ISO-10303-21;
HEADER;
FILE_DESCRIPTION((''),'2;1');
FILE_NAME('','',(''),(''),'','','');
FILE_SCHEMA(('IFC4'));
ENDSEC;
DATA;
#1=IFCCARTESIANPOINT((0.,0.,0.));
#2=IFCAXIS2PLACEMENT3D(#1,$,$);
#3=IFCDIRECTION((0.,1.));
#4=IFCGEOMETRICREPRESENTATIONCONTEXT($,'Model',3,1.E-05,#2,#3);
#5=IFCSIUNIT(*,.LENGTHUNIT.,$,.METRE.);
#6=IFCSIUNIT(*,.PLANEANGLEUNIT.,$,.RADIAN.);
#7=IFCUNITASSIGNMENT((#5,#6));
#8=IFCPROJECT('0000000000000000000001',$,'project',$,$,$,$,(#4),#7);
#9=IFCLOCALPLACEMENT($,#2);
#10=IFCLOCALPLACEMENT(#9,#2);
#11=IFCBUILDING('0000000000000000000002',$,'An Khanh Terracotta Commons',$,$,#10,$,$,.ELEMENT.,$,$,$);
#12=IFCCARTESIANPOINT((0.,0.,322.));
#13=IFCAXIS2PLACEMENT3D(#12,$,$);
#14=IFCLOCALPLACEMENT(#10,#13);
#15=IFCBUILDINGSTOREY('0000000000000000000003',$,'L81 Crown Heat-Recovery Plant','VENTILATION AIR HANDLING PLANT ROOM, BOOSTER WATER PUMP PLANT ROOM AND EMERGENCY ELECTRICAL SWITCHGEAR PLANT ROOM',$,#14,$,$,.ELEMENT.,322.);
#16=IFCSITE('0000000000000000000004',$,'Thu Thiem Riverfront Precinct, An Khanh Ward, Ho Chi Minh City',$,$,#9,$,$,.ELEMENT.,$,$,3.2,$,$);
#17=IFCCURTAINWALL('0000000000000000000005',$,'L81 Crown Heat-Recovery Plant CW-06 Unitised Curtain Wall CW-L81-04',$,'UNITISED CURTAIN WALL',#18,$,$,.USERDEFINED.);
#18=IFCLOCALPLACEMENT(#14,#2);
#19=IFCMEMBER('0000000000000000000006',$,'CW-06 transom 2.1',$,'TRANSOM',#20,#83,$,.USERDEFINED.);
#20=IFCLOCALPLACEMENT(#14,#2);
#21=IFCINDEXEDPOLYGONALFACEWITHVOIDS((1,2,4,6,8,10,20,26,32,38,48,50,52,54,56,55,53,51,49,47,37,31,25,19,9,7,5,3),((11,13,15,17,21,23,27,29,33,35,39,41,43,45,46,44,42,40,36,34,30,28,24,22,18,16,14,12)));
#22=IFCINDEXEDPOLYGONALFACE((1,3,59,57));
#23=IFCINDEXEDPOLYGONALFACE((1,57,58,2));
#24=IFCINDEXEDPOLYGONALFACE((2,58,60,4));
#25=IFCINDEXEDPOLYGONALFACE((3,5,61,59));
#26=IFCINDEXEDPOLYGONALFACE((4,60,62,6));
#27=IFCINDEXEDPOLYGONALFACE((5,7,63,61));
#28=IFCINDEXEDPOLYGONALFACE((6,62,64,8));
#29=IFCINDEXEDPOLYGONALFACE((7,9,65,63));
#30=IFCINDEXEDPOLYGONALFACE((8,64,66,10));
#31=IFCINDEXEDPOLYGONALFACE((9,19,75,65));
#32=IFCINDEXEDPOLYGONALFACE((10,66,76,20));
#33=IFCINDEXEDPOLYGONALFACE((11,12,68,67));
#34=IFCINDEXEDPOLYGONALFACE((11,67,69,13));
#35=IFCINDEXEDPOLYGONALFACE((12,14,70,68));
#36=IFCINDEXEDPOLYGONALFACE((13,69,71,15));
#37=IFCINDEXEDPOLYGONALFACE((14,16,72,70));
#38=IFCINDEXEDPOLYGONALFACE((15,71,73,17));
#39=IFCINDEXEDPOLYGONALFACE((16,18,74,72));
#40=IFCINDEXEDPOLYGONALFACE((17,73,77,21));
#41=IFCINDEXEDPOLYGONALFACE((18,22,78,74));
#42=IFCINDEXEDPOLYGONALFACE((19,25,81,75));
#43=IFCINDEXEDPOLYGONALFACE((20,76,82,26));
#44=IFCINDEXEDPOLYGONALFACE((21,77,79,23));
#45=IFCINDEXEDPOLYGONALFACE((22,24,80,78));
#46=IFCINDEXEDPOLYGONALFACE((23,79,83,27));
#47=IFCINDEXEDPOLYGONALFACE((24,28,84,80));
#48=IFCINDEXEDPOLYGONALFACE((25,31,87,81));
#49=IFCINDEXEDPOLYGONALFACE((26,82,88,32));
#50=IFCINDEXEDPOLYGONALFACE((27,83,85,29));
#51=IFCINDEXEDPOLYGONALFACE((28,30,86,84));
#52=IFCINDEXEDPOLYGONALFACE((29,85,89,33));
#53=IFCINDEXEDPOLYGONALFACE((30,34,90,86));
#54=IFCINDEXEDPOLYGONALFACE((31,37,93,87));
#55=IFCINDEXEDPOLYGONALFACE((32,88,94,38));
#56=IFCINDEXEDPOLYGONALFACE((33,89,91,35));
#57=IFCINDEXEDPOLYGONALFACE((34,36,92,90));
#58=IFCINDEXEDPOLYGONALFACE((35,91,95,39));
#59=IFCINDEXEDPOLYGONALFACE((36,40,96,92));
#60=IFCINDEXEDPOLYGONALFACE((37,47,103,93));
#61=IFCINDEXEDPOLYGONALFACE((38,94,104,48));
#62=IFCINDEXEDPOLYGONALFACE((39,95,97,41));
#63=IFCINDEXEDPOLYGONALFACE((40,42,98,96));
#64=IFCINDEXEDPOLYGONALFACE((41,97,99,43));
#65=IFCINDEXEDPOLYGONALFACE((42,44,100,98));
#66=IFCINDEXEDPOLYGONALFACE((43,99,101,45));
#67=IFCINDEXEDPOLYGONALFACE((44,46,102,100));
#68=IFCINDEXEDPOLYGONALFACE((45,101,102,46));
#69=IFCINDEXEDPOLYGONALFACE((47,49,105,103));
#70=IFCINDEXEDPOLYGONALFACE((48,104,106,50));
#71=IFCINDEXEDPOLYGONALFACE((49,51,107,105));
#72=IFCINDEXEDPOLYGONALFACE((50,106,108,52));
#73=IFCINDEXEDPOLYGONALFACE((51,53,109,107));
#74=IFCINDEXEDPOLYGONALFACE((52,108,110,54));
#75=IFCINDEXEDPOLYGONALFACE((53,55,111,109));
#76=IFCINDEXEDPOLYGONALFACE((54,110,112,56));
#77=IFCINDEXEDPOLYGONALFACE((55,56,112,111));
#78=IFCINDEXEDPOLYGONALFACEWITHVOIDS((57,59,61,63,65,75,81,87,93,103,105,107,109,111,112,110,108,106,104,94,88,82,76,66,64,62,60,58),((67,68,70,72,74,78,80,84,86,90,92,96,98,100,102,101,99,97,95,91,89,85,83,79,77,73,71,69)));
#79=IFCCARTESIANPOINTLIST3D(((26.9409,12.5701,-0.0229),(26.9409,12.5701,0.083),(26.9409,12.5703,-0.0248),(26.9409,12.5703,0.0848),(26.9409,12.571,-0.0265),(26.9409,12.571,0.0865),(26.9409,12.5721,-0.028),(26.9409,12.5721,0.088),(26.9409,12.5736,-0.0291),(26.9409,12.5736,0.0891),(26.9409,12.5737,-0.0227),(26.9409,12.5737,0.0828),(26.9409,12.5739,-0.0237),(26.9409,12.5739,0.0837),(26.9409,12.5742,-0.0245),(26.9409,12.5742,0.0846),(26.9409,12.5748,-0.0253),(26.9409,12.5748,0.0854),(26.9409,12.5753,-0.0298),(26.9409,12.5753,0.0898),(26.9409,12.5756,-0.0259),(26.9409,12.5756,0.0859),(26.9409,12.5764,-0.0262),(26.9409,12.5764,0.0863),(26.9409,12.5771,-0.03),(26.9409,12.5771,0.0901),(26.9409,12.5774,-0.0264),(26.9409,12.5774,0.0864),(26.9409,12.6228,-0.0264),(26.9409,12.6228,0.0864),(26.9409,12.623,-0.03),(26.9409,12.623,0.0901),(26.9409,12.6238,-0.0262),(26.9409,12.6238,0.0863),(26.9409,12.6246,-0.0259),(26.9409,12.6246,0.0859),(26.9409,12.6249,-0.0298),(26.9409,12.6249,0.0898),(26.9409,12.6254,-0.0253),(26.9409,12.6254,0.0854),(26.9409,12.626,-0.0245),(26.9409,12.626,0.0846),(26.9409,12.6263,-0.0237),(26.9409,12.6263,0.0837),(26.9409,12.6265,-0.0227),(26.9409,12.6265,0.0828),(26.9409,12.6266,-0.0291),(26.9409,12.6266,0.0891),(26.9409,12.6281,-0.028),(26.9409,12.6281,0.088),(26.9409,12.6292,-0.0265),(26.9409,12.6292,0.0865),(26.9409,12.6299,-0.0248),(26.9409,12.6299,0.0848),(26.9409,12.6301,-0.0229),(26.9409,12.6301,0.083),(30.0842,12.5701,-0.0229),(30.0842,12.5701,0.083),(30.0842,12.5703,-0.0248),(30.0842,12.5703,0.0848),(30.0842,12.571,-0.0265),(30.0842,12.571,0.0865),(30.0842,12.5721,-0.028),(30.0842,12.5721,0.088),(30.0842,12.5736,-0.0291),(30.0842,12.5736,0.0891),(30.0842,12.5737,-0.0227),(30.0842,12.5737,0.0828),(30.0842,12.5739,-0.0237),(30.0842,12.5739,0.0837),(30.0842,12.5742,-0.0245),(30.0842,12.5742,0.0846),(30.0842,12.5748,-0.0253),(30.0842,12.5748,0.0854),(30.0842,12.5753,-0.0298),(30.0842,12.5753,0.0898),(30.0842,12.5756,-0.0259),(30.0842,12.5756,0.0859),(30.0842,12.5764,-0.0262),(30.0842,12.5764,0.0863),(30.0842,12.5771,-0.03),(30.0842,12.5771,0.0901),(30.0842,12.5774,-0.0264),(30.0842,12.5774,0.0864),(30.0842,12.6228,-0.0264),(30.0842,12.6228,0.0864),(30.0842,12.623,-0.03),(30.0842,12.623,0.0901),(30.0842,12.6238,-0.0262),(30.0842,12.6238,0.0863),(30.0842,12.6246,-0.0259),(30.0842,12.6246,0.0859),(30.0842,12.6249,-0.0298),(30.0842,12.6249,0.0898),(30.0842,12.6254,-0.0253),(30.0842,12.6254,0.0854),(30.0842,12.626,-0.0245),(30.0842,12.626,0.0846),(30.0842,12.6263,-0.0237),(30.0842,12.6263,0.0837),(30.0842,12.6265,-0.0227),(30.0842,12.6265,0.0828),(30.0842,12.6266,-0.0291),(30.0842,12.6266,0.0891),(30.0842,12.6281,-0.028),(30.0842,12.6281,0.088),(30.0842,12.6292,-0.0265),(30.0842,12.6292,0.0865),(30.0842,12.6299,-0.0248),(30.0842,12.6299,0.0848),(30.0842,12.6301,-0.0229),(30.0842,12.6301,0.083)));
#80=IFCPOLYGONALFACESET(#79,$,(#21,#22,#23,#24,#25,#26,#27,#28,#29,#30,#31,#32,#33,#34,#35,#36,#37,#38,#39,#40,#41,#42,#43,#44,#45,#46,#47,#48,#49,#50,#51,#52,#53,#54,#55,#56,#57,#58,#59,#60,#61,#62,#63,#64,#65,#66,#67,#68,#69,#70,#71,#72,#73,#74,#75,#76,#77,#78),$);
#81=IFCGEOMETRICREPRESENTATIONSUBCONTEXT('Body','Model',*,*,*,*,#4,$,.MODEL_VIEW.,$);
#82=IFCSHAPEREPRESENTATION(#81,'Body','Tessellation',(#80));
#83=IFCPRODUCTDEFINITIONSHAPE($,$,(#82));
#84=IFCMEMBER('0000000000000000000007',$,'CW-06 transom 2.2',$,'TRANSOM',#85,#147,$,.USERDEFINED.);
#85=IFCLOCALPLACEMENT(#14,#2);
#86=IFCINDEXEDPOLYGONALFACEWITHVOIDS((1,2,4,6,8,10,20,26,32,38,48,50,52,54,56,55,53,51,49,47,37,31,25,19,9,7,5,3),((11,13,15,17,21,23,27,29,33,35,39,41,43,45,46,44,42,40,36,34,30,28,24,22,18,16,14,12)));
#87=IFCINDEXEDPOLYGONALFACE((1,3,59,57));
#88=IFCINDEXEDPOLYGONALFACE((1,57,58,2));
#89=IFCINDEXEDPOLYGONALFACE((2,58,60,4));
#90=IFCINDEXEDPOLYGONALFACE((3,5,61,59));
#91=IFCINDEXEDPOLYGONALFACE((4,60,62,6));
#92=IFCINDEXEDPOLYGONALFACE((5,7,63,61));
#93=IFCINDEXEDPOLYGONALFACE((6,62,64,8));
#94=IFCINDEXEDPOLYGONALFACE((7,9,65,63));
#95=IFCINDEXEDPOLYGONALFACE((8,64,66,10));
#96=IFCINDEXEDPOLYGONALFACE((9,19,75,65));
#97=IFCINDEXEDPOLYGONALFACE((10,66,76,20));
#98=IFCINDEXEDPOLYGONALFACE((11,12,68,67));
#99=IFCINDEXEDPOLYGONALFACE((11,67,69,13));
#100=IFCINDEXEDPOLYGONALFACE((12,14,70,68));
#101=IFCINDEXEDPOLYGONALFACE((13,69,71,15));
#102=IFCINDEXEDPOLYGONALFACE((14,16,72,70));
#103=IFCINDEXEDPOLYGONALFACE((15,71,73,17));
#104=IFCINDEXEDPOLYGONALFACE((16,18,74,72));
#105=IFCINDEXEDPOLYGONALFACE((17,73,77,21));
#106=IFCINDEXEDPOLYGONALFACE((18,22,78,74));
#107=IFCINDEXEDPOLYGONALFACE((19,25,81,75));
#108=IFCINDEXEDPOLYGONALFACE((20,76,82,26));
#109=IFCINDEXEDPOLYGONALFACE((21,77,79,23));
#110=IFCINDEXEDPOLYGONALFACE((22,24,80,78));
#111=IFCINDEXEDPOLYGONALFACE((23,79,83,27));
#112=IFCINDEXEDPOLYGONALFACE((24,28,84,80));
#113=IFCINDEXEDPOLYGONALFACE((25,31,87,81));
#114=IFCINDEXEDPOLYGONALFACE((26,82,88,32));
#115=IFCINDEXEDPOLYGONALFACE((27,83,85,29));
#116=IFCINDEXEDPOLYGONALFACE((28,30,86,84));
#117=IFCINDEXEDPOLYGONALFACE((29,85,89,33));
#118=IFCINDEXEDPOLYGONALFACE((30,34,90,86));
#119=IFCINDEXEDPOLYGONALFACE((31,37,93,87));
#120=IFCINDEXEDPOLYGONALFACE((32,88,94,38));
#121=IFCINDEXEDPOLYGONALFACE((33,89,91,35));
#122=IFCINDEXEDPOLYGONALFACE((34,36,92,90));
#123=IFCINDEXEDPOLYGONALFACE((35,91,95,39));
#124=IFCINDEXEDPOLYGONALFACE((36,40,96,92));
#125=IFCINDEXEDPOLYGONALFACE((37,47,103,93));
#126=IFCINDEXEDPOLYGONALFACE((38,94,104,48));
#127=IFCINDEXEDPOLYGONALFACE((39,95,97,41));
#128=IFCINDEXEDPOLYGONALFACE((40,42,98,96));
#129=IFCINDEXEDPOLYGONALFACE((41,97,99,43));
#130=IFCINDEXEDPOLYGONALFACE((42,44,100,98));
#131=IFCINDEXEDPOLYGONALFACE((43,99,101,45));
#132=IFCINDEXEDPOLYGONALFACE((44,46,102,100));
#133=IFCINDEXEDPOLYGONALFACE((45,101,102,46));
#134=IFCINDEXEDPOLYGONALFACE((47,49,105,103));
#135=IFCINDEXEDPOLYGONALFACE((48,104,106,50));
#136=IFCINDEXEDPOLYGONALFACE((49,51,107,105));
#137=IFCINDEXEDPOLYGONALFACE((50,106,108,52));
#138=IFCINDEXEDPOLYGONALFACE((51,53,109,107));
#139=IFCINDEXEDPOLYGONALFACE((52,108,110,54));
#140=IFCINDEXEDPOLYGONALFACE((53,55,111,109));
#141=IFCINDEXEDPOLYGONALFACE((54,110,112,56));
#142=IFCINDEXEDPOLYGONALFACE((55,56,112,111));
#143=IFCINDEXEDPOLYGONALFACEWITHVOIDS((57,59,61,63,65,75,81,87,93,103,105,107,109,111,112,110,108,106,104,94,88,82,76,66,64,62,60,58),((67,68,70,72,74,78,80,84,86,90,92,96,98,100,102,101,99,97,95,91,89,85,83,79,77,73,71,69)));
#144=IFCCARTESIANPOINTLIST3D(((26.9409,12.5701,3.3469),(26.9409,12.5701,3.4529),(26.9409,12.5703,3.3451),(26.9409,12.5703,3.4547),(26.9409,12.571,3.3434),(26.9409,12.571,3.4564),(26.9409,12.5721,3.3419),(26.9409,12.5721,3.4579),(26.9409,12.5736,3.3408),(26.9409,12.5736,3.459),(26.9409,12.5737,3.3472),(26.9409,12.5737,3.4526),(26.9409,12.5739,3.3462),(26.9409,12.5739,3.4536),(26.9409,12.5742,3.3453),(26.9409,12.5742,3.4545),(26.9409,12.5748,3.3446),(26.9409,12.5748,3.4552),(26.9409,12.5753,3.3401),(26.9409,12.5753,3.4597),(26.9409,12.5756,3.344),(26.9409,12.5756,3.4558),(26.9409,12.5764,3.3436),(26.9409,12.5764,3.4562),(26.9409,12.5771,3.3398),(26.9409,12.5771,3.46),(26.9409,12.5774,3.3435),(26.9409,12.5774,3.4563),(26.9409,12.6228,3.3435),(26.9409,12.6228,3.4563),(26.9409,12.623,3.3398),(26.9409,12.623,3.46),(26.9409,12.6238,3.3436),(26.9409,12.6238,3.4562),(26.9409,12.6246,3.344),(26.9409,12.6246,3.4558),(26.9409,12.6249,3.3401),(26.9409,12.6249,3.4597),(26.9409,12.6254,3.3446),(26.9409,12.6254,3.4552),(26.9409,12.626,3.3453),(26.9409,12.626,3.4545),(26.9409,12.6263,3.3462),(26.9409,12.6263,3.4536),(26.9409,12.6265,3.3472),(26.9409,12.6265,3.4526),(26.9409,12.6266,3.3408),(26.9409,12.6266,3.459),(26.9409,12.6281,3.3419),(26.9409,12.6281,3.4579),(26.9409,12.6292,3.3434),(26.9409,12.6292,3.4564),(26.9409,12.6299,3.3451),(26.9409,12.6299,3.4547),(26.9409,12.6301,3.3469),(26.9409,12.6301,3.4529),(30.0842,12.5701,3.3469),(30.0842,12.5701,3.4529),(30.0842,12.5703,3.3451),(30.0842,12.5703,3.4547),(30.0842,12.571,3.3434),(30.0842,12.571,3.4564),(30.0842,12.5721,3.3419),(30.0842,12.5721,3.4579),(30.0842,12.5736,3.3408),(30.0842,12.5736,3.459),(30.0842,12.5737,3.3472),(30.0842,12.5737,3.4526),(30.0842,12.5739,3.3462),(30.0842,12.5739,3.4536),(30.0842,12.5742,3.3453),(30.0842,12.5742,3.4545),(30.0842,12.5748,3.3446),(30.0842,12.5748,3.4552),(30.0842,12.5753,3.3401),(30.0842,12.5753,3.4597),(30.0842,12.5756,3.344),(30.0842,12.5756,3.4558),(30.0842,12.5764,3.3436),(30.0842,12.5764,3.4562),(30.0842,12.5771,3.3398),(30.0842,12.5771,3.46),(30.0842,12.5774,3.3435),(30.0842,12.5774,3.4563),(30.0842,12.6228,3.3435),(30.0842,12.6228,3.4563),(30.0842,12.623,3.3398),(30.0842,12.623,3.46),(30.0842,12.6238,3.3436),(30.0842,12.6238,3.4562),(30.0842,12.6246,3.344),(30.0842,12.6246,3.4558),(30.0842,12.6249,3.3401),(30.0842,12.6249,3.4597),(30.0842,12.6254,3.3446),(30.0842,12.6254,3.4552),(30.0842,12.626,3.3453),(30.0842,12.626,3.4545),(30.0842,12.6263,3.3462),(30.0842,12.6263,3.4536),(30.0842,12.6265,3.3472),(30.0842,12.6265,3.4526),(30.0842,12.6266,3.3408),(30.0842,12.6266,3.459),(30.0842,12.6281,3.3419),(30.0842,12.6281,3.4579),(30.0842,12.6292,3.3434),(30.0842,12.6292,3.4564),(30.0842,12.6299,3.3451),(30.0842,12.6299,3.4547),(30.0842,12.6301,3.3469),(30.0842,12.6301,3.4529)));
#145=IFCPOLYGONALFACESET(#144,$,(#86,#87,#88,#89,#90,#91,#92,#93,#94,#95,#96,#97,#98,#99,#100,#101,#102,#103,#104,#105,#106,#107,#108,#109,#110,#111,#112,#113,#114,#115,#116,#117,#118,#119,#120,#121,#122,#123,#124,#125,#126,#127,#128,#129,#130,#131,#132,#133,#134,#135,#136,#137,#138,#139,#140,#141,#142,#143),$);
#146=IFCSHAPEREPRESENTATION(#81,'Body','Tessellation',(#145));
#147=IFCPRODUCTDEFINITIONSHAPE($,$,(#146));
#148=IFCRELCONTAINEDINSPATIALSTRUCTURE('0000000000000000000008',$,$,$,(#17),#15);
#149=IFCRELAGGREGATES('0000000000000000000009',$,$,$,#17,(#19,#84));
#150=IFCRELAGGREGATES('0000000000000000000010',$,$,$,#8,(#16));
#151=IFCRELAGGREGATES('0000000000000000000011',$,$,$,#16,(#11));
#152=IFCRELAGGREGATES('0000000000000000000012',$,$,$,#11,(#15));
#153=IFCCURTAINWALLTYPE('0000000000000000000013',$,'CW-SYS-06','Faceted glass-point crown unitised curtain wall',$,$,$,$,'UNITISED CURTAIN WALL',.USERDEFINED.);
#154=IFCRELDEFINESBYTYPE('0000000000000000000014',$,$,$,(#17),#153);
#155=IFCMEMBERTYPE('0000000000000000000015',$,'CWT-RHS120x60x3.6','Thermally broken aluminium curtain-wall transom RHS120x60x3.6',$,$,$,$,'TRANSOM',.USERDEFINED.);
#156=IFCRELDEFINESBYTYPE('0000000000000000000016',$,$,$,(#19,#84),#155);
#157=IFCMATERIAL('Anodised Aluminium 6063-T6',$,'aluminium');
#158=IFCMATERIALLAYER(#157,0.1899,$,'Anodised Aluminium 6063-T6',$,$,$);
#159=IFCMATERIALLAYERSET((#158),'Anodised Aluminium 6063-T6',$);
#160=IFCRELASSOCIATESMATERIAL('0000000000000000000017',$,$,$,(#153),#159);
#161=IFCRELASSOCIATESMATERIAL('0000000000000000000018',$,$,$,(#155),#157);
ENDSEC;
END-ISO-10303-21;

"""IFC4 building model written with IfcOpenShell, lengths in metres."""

from ifc_helpers import new_model, si_unit, direction, frame, origin, origin_2d, place, context, subcontext, project, spatial, hollow_rectangle, extrude, material, layer, layer_set, material_profile, profile_set, type_object, element, aggregate, save


model = new_model("IFC4")

# Units and contexts
model_context = context("Model", 3, precision=1e-05, world=origin(), true_north=direction((0.0, 1.0)))
body_context = subcontext(model_context, "Body", "Model", "MODEL_VIEW")
ifc_project = project(units=[si_unit("LENGTHUNIT", "METRE"), si_unit("PLANEANGLEUNIT", "RADIAN")], contexts=[model_context])

# Site, building, storey
site_placement = place(None, origin())
site = spatial("IfcSite", under=ifc_project, at=site_placement, Name="Thu Thiem Riverfront Precinct, An Khanh Ward, Ho Chi Minh City", CompositionType="ELEMENT", RefElevation=3.2)
building_placement = place(site_placement, origin())
building = spatial("IfcBuilding", under=site, at=building_placement, Name="An Khanh Terracotta Commons", CompositionType="ELEMENT")
storey_placement = place(building_placement, frame((0.0, 0.0, 322.0)))
storey = spatial("IfcBuildingStorey", under=building, at=storey_placement, Name="L81 Crown Heat-Recovery Plant", Description="VENTILATION AIR HANDLING PLANT ROOM, BOOSTER WATER PUMP PLANT ROOM AND EMERGENCY ELECTRICAL SWITCHGEAR PLANT ROOM", CompositionType="ELEMENT", Elevation=322.0)

# Curtain wall, members
ifc_material_1 = material(Name="Anodised Aluminium 6063-T6", Category="aluminium")
ifc_layer_1 = layer(ifc_material_1, 0.1899, Name="Anodised Aluminium 6063-T6")
ifc_layer_set_1 = layer_set([ifc_layer_1], Name="Anodised Aluminium 6063-T6")
curtain_wall_type = type_object("IfcCurtainWallType", Name="CW-SYS-06", Description="Faceted glass-point crown unitised curtain wall", ElementType="UNITISED CURTAIN WALL", PredefinedType="USERDEFINED", material=ifc_layer_set_1)
curtain_wall_placement = place(storey_placement, origin())
curtain_wall = element("IfcCurtainWall", 1, at=curtain_wall_placement, inside=storey, type_object=curtain_wall_type, Name="L81 Crown Heat-Recovery Plant CW-06 Unitised Curtain Wall CW-L81-04", ObjectType="UNITISED CURTAIN WALL", PredefinedType="USERDEFINED")
ifc_material_profile_1 = material_profile(ifc_material_1, hollow_rectangle(XDim=0.0601, YDim=0.1201, WallThickness=0.0037, InnerFilletRadius=0.0037, OuterFilletRadius=0.0071, at=origin_2d()), Name="RHS120x60x3.6")
ifc_profile_set_1 = profile_set([ifc_material_profile_1], Name="Anodised Aluminium 6063-T6")
member_type_1 = type_object("IfcMemberType", Name="CWT-RHS120x60x3.6", Description="Thermally broken aluminium curtain-wall transom RHS120x60x3.6", ElementType="TRANSOM", PredefinedType="USERDEFINED", material=ifc_profile_set_1)
member_1_placement = place(storey_placement, frame((26.9409, 12.6001, 0.03), z_axis=(1.0, 0.0, 0.0), x_axis=(0.0, 1.0, 0.0)))
member_1 = element("IfcMember", 2, at=member_1_placement, type_object=member_type_1, Name="CW-06 transom 2.1", ObjectType="TRANSOM", PredefinedType="USERDEFINED", context=body_context, shape_type="SweptSolid", body=[
    extrude(hollow_rectangle(XDim=0.0601, YDim=0.1201, WallThickness=0.0037, InnerFilletRadius=0.0037, OuterFilletRadius=0.0071, at=origin_2d()), origin(), (0.0, 0.0, 1.0), 3.1433),
])
member_2_placement = place(storey_placement, frame((26.9409, 12.6001, 3.3999), z_axis=(1.0, 0.0, 0.0), x_axis=(0.0, 1.0, 0.0)))
member_2 = element("IfcMember", 3, at=member_2_placement, type_object=member_type_1, Name="CW-06 transom 2.2", ObjectType="TRANSOM", PredefinedType="USERDEFINED", context=body_context, shape_type="SweptSolid", body=[
    extrude(hollow_rectangle(XDim=0.0601, YDim=0.1201, WallThickness=0.0037, InnerFilletRadius=0.0037, OuterFilletRadius=0.0071, at=origin_2d()), origin(), (0.0, 0.0, 1.0), 3.1433),
])
aggregate(curtain_wall, [member_1, member_2])

save(model, "model.ifc")
